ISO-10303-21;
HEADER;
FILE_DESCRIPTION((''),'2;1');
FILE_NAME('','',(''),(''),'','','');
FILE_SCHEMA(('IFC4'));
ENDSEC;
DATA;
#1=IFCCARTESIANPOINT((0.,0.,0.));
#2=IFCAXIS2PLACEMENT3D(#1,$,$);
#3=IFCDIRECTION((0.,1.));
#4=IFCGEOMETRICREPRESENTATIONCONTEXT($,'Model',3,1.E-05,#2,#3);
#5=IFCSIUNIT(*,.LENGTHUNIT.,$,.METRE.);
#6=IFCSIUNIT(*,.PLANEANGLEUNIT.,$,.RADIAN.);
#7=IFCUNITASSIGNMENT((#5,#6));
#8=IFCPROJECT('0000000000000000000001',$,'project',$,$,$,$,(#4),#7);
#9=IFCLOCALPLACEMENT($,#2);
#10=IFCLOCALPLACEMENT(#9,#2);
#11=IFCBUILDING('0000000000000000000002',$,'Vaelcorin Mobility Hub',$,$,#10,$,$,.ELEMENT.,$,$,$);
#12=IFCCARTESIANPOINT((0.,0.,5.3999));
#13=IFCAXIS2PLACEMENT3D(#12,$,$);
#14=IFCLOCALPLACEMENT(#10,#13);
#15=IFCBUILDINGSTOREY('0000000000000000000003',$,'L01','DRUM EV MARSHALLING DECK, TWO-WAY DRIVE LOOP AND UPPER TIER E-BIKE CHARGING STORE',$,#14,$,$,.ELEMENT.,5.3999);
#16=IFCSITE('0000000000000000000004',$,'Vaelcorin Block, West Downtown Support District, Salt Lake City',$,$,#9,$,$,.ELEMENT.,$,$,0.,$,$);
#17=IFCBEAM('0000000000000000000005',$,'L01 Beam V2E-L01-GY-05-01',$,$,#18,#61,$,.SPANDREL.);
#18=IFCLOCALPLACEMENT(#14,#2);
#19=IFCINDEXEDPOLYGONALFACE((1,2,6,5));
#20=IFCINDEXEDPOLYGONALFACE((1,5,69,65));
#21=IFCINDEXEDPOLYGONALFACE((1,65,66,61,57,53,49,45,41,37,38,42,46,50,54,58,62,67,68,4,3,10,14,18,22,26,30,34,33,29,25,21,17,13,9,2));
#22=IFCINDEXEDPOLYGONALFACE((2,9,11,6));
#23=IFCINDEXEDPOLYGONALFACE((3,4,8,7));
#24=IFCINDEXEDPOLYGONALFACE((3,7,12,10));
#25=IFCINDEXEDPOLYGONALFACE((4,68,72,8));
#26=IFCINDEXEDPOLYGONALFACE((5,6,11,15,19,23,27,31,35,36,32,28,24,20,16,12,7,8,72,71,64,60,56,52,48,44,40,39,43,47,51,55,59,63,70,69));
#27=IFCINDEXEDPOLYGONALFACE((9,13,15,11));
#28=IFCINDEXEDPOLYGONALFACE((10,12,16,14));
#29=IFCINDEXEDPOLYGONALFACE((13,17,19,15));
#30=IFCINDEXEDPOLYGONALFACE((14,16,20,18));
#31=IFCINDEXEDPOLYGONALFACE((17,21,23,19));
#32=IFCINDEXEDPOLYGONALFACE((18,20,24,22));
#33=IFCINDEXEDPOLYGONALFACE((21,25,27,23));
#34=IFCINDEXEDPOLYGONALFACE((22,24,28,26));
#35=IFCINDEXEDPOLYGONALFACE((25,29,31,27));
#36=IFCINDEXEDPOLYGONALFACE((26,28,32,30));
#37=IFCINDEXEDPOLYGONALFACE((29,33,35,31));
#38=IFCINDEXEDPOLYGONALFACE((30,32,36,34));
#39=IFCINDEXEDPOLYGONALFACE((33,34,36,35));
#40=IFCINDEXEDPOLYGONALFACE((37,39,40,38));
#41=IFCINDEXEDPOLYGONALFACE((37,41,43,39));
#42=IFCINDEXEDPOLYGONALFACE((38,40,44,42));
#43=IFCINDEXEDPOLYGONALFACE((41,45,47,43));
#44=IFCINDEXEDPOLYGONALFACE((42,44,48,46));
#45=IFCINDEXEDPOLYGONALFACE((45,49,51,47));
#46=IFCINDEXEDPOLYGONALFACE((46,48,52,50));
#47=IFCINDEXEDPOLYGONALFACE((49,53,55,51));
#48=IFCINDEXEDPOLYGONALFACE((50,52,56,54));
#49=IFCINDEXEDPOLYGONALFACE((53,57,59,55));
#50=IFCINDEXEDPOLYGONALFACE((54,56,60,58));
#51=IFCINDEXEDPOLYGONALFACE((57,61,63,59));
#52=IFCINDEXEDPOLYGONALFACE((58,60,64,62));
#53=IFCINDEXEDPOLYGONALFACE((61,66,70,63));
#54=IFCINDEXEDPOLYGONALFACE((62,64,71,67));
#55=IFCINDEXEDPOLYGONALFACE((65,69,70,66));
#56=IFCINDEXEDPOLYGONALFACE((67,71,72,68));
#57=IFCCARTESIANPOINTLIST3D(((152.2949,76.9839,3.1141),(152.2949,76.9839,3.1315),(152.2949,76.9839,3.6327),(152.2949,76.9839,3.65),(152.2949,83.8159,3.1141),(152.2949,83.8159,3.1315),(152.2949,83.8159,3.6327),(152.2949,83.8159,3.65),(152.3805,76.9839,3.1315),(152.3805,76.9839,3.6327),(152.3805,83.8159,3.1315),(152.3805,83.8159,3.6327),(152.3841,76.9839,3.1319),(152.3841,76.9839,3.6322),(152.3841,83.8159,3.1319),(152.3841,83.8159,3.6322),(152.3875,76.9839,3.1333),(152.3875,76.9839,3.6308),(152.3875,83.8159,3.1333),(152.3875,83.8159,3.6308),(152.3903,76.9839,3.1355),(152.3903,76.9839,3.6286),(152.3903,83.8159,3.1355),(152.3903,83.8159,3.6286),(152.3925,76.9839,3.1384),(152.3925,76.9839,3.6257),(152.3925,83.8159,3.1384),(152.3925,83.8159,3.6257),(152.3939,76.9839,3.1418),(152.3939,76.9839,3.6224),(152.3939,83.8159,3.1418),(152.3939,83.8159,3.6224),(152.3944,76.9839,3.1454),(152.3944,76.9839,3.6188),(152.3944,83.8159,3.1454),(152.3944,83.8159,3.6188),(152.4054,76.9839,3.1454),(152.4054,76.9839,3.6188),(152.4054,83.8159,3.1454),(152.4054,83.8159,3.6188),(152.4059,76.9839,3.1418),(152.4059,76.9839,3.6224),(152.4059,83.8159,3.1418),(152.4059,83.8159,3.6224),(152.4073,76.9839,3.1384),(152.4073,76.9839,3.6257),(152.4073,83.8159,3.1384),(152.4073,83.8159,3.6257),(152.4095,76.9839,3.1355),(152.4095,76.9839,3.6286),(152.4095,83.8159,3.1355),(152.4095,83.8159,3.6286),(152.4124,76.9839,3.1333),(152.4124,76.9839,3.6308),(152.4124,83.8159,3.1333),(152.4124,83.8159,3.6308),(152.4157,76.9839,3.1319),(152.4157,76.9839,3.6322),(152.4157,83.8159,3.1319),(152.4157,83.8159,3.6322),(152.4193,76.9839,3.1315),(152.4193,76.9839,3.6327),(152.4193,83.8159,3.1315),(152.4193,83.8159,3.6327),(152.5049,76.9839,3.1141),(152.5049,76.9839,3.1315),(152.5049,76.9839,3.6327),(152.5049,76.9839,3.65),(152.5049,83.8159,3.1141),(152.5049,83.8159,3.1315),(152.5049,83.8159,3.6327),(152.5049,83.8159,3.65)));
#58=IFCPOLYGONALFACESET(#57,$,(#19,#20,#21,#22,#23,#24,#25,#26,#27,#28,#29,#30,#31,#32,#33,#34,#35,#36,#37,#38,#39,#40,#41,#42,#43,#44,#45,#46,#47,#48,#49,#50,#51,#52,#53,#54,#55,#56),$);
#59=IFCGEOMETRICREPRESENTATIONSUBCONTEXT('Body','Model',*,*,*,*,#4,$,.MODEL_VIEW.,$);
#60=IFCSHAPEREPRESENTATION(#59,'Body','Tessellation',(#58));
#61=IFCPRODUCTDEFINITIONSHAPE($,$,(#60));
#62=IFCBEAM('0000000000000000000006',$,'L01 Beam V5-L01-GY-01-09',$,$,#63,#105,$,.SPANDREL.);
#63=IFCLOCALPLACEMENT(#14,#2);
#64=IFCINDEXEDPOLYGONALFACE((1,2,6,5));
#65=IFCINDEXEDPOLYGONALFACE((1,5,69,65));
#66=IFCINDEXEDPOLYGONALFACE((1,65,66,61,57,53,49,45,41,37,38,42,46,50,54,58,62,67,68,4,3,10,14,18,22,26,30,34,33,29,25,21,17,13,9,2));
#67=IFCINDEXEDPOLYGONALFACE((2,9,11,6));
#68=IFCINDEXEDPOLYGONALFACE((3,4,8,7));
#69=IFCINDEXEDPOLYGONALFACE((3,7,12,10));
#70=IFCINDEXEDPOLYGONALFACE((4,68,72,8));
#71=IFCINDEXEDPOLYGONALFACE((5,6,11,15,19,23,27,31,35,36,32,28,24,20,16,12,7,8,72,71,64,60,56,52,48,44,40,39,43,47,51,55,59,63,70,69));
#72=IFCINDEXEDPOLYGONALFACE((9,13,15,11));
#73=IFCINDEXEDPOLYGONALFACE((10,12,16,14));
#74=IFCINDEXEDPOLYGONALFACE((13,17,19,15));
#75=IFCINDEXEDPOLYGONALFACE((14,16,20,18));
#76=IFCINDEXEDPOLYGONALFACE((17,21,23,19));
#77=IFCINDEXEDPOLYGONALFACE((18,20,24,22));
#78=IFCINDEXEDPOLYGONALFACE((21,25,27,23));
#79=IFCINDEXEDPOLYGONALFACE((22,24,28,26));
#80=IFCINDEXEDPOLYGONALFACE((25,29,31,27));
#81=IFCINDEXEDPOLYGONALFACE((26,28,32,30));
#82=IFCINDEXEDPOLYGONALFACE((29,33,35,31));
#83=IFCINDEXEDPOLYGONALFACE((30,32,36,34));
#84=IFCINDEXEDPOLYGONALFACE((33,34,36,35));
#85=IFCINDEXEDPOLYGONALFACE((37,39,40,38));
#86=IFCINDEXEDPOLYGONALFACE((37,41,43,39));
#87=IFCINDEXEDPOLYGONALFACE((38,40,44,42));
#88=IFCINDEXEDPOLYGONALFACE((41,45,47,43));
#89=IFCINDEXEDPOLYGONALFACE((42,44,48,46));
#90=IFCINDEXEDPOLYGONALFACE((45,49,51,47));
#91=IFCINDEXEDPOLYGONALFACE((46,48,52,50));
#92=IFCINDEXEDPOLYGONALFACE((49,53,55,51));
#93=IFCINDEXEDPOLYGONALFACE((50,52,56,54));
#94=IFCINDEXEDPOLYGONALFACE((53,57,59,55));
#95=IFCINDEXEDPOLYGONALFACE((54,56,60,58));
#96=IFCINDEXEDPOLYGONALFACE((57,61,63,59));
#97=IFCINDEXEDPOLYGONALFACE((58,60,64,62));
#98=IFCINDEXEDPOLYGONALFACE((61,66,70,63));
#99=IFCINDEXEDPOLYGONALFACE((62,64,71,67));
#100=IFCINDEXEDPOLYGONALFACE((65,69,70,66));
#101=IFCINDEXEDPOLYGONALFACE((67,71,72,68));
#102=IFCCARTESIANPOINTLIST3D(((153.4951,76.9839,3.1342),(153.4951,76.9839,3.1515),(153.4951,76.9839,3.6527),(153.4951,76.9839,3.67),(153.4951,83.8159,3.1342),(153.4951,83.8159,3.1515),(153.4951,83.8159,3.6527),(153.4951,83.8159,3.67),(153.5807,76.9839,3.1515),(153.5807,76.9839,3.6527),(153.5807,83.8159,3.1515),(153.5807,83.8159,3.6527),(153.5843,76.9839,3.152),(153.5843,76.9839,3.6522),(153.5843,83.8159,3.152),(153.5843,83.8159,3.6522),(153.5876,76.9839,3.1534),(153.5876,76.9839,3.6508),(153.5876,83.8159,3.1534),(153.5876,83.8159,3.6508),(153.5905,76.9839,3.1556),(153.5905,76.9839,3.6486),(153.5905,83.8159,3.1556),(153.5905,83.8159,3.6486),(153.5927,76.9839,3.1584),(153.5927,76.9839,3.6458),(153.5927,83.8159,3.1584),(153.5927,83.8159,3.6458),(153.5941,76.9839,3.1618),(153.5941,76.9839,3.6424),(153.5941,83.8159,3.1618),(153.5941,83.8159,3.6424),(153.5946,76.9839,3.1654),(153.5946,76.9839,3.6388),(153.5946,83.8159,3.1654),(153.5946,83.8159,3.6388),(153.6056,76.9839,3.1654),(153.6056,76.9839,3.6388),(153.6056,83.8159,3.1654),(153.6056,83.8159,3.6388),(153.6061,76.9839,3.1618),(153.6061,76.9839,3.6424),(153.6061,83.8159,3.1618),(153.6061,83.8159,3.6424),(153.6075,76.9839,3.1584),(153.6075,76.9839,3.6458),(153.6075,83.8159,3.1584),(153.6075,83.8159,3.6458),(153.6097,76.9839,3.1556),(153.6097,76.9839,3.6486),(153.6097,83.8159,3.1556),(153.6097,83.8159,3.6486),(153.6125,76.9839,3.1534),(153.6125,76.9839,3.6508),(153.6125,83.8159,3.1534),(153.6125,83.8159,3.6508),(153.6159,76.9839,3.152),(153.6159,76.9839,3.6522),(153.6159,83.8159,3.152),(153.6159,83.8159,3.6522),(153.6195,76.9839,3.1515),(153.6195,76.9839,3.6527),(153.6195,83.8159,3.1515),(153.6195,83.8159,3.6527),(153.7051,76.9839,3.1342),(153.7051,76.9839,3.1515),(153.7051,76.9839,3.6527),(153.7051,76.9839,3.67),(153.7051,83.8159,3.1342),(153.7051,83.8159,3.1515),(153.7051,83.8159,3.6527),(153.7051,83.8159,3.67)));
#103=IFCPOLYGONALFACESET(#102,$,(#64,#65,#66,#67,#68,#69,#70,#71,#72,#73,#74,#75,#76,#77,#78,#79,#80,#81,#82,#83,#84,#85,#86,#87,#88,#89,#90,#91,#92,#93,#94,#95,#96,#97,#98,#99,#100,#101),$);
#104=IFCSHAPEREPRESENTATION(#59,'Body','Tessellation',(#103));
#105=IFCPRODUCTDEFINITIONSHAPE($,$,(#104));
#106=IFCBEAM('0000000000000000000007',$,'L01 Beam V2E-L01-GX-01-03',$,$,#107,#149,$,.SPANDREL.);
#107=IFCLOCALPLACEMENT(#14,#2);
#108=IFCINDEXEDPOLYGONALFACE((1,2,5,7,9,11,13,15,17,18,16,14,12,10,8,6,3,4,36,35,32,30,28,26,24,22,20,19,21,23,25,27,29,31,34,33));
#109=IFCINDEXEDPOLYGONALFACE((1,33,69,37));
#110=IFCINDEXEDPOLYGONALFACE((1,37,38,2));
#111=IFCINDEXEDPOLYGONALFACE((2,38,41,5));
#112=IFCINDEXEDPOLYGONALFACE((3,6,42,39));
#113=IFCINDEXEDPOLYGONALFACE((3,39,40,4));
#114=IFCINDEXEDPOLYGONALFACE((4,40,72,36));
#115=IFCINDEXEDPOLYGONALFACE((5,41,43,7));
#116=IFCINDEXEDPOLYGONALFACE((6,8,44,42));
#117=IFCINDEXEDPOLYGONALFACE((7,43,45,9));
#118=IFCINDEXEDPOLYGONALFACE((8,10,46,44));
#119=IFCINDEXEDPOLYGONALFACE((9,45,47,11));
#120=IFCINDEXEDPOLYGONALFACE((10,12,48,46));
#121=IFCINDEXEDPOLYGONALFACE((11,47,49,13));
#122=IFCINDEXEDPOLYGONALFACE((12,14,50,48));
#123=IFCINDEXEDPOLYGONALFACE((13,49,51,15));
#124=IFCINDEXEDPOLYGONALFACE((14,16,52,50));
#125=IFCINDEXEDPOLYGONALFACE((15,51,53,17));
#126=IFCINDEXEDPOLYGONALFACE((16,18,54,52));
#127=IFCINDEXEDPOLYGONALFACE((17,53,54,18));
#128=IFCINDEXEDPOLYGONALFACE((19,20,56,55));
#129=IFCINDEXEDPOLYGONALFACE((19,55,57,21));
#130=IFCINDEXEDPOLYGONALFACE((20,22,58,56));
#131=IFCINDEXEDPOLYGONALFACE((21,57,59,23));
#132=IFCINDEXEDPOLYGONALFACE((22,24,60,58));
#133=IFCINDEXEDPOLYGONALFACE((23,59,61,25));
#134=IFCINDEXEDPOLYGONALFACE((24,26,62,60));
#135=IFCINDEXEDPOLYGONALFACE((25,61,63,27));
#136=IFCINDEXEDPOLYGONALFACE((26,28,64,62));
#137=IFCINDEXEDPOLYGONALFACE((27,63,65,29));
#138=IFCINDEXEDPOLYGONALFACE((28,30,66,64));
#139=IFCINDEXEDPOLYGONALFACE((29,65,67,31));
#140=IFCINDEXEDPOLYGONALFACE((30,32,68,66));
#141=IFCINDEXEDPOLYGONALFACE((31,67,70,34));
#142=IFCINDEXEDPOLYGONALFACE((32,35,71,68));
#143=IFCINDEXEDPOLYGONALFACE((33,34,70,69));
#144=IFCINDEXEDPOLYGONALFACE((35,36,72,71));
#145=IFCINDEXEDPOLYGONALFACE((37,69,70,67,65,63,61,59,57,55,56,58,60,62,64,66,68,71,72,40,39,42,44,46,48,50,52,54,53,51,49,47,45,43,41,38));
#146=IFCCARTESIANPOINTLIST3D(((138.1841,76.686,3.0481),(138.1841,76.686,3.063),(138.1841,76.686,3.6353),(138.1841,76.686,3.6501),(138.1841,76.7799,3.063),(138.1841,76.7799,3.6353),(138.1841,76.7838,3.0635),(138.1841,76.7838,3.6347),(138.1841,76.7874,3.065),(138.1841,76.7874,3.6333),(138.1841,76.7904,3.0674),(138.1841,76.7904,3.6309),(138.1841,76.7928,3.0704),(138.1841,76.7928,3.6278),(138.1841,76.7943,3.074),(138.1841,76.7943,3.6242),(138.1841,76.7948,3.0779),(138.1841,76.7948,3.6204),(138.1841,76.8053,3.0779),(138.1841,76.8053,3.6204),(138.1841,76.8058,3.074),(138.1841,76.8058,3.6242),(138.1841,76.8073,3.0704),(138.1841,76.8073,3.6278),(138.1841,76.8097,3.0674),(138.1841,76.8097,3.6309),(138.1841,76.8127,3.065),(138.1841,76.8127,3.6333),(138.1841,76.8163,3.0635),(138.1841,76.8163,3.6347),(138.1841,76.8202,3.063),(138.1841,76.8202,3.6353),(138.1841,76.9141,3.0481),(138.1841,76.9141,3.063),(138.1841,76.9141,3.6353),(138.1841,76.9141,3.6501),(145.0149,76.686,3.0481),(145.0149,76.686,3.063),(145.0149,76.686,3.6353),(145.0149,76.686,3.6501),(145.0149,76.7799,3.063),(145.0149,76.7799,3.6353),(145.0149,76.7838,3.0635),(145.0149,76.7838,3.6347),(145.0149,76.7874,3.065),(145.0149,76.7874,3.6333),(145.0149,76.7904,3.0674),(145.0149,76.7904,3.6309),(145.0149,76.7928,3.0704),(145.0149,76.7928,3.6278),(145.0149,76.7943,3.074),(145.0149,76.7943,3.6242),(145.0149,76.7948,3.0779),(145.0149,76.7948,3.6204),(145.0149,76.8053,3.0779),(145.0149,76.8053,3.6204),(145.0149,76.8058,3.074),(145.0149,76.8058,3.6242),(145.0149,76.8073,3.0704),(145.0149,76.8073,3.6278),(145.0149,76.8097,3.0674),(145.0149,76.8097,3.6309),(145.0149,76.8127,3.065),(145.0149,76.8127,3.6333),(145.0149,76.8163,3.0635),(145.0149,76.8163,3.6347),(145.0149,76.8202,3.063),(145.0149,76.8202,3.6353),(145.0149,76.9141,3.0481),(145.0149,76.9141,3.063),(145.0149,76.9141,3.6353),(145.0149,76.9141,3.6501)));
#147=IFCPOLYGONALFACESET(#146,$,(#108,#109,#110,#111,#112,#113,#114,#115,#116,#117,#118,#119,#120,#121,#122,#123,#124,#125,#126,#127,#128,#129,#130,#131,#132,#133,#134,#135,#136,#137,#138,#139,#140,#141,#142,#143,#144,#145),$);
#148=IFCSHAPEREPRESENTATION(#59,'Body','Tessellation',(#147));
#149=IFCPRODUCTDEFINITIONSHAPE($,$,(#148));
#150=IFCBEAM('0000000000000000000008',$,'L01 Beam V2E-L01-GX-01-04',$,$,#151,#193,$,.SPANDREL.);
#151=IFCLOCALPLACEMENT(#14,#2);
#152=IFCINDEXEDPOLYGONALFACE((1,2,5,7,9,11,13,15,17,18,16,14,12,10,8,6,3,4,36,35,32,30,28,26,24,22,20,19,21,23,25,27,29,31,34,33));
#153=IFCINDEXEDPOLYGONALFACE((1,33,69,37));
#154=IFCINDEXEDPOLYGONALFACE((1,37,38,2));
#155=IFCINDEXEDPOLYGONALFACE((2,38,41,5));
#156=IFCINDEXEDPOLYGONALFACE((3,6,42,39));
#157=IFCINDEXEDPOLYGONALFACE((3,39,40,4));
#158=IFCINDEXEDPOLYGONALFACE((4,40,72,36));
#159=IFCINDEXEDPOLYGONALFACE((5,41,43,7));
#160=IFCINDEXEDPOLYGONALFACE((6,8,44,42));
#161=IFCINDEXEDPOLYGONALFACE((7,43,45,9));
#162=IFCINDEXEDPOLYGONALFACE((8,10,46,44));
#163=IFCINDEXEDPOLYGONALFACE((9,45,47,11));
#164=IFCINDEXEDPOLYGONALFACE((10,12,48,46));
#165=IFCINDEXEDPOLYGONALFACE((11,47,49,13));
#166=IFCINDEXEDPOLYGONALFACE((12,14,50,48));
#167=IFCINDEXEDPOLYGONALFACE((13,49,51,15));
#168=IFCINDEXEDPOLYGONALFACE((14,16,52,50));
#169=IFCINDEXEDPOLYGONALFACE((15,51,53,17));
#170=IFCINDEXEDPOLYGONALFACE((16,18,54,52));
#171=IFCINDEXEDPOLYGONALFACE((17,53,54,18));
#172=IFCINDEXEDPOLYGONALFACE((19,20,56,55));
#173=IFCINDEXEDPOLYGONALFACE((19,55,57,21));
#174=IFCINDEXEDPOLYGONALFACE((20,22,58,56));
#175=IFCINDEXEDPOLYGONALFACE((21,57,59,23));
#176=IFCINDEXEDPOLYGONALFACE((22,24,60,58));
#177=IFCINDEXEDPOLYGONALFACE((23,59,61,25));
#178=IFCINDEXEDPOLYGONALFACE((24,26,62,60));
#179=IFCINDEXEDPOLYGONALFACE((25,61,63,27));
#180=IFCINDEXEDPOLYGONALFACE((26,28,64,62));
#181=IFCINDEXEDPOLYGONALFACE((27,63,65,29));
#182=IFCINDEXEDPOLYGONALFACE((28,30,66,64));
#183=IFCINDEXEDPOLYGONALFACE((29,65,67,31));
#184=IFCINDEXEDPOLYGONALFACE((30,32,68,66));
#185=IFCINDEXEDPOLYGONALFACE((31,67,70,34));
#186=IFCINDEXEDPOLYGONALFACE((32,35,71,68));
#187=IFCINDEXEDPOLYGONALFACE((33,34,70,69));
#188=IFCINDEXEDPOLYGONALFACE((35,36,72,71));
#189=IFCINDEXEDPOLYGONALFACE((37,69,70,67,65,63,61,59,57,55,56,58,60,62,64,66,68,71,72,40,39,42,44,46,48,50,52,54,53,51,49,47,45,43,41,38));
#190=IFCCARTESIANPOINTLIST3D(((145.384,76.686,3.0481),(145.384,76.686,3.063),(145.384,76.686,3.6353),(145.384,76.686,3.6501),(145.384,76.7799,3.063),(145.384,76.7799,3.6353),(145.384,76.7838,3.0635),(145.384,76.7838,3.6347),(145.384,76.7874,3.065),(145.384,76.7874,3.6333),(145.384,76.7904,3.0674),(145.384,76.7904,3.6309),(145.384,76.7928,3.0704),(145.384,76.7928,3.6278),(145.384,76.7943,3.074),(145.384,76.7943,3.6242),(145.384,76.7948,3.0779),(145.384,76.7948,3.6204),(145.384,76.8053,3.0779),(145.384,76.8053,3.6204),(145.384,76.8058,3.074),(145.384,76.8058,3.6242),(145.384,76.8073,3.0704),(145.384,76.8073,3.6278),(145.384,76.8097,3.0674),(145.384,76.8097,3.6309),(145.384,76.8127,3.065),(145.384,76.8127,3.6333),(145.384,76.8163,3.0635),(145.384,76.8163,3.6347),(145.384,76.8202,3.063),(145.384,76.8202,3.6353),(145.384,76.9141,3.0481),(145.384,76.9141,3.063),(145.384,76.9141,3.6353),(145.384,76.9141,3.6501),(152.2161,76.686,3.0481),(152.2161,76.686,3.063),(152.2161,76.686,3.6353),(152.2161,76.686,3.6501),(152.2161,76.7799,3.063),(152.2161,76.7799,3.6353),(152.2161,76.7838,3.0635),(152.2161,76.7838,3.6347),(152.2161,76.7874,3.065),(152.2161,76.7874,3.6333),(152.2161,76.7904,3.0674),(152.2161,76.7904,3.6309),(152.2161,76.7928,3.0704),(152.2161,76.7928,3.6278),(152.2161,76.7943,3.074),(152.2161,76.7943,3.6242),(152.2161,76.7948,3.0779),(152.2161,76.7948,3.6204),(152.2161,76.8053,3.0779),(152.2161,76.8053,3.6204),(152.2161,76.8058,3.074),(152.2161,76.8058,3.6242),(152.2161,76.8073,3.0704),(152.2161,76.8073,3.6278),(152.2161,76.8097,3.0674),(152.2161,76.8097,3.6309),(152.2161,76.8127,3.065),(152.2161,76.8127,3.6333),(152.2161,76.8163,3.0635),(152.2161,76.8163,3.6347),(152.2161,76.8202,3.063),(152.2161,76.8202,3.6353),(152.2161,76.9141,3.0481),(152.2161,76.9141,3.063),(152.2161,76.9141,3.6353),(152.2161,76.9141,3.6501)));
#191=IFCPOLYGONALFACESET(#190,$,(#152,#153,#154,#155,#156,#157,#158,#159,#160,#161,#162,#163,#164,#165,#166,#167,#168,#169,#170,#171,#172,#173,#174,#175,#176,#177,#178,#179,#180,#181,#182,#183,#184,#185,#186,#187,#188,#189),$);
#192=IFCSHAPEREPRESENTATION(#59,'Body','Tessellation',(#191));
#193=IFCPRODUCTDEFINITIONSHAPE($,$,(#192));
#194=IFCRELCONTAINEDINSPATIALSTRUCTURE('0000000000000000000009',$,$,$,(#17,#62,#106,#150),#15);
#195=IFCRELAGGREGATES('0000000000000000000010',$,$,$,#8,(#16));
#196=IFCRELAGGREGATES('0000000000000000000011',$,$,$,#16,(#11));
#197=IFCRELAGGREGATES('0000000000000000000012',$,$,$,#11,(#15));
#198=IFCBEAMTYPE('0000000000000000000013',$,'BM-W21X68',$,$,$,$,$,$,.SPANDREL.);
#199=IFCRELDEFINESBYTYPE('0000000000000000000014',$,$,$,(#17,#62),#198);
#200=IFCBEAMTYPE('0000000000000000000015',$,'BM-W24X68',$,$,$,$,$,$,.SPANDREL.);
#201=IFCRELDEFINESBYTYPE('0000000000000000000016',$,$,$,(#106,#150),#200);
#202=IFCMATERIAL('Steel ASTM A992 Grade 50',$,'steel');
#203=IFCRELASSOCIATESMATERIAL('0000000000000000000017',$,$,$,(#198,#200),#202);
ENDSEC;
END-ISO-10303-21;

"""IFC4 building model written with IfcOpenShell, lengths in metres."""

from ifc_helpers import new_model, si_unit, direction, frame, origin, origin_2d, place, context, subcontext, project, spatial, i_section, extrude, material, material_profile, profile_set, type_object, element, save


model = new_model("IFC4")

# Units and contexts
model_context = context("Model", 3, precision=1e-05, world=origin(), true_north=direction((0.0, 1.0)))
body_context = subcontext(model_context, "Body", "Model", "MODEL_VIEW")
ifc_project = project(units=[si_unit("LENGTHUNIT", "METRE"), si_unit("PLANEANGLEUNIT", "RADIAN")], contexts=[model_context])

# Site, building, storey
site_placement = place(None, origin())
site = spatial("IfcSite", under=ifc_project, at=site_placement, Name="Vaelcorin Block, West Downtown Support District, Salt Lake City", CompositionType="ELEMENT", RefElevation=0.0)
building_placement = place(site_placement, origin())
building = spatial("IfcBuilding", under=site, at=building_placement, Name="Vaelcorin Mobility Hub", CompositionType="ELEMENT")
storey_placement = place(building_placement, frame((0.0, 0.0, 5.3999)))
storey = spatial("IfcBuildingStorey", under=building, at=storey_placement, Name="L01", Description="DRUM EV MARSHALLING DECK, TWO-WAY DRIVE LOOP AND UPPER TIER E-BIKE CHARGING STORE", CompositionType="ELEMENT", Elevation=5.3999)

# Shared definitions
ifc_material_1 = material(Name="Steel ASTM A992 Grade 50", Category="steel")

# Beams
ifc_material_profile_1 = material_profile(ifc_material_1, i_section(OverallWidth=0.21, OverallDepth=0.5359, WebThickness=0.011, FlangeThickness=0.0173, FilletRadius=0.0139, at=origin_2d()), Name="W21X68")
ifc_profile_set_1 = profile_set([ifc_material_profile_1], Name="Steel ASTM A992 Grade 50")
beam_type_1 = type_object("IfcBeamType", Name="BM-W21X68", PredefinedType="SPANDREL", material=ifc_profile_set_1)
for number, where, z_axis, x_axis, name in (
    (1, (152.3999, 76.9839, 3.3821), (0.0, 1.0, 0.0), (-1.0, 0.0, 0.0), "L01 Beam V2E-L01-GY-05-01"),
    (2, (153.6001, 76.9839, 3.4021), (0.0, 1.0, 0.0), (-1.0, 0.0, 0.0), "L01 Beam V5-L01-GY-01-09"),
):
    element("IfcBeam", number, at=place(storey_placement, frame(where, z_axis=z_axis, x_axis=x_axis)), inside=storey, type_object=beam_type_1, Name=name, PredefinedType="SPANDREL", context=body_context, shape_type="SweptSolid", body=[
        extrude(i_section(OverallWidth=0.21, OverallDepth=0.5359, WebThickness=0.011, FlangeThickness=0.0173, FilletRadius=0.0139, at=origin_2d()), origin(), (0.0, 0.0, 1.0), 6.832),
    ])
ifc_material_profile_2 = material_profile(ifc_material_1, i_section(OverallWidth=0.228, OverallDepth=0.6021, WebThickness=0.0105, FlangeThickness=0.0149, FilletRadius=0.0149, at=origin_2d()), Name="W24X68")
ifc_profile_set_2 = profile_set([ifc_material_profile_2], Name="Steel ASTM A992 Grade 50")
beam_type_2 = type_object("IfcBeamType", Name="BM-W24X68", PredefinedType="SPANDREL", material=ifc_profile_set_2)
beam_1_placement = place(storey_placement, frame((138.1841, 76.8, 3.3491), z_axis=(1.0, 0.0, 0.0), x_axis=(0.0, 1.0, 0.0)))
element("IfcBeam", 3, at=beam_1_placement, inside=storey, type_object=beam_type_2, Name="L01 Beam V2E-L01-GX-01-03", PredefinedType="SPANDREL", context=body_context, shape_type="SweptSolid", body=[
    extrude(i_section(OverallWidth=0.228, OverallDepth=0.6021, WebThickness=0.0105, FlangeThickness=0.0149, FilletRadius=0.0149, at=origin_2d()), origin(), (0.0, 0.0, 1.0), 6.8308),
])
beam_2_placement = place(storey_placement, frame((145.384, 76.8, 3.3491), z_axis=(1.0, 0.0, 0.0), x_axis=(0.0, 1.0, 0.0)))
element("IfcBeam", 4, at=beam_2_placement, inside=storey, type_object=beam_type_2, Name="L01 Beam V2E-L01-GX-01-04", PredefinedType="SPANDREL", context=body_context, shape_type="SweptSolid", body=[
    extrude(i_section(OverallWidth=0.228, OverallDepth=0.6021, WebThickness=0.0105, FlangeThickness=0.0149, FilletRadius=0.0149, at=origin_2d()), origin(), (0.0, 0.0, 1.0), 6.832),
])

save(model, "model.ifc")
